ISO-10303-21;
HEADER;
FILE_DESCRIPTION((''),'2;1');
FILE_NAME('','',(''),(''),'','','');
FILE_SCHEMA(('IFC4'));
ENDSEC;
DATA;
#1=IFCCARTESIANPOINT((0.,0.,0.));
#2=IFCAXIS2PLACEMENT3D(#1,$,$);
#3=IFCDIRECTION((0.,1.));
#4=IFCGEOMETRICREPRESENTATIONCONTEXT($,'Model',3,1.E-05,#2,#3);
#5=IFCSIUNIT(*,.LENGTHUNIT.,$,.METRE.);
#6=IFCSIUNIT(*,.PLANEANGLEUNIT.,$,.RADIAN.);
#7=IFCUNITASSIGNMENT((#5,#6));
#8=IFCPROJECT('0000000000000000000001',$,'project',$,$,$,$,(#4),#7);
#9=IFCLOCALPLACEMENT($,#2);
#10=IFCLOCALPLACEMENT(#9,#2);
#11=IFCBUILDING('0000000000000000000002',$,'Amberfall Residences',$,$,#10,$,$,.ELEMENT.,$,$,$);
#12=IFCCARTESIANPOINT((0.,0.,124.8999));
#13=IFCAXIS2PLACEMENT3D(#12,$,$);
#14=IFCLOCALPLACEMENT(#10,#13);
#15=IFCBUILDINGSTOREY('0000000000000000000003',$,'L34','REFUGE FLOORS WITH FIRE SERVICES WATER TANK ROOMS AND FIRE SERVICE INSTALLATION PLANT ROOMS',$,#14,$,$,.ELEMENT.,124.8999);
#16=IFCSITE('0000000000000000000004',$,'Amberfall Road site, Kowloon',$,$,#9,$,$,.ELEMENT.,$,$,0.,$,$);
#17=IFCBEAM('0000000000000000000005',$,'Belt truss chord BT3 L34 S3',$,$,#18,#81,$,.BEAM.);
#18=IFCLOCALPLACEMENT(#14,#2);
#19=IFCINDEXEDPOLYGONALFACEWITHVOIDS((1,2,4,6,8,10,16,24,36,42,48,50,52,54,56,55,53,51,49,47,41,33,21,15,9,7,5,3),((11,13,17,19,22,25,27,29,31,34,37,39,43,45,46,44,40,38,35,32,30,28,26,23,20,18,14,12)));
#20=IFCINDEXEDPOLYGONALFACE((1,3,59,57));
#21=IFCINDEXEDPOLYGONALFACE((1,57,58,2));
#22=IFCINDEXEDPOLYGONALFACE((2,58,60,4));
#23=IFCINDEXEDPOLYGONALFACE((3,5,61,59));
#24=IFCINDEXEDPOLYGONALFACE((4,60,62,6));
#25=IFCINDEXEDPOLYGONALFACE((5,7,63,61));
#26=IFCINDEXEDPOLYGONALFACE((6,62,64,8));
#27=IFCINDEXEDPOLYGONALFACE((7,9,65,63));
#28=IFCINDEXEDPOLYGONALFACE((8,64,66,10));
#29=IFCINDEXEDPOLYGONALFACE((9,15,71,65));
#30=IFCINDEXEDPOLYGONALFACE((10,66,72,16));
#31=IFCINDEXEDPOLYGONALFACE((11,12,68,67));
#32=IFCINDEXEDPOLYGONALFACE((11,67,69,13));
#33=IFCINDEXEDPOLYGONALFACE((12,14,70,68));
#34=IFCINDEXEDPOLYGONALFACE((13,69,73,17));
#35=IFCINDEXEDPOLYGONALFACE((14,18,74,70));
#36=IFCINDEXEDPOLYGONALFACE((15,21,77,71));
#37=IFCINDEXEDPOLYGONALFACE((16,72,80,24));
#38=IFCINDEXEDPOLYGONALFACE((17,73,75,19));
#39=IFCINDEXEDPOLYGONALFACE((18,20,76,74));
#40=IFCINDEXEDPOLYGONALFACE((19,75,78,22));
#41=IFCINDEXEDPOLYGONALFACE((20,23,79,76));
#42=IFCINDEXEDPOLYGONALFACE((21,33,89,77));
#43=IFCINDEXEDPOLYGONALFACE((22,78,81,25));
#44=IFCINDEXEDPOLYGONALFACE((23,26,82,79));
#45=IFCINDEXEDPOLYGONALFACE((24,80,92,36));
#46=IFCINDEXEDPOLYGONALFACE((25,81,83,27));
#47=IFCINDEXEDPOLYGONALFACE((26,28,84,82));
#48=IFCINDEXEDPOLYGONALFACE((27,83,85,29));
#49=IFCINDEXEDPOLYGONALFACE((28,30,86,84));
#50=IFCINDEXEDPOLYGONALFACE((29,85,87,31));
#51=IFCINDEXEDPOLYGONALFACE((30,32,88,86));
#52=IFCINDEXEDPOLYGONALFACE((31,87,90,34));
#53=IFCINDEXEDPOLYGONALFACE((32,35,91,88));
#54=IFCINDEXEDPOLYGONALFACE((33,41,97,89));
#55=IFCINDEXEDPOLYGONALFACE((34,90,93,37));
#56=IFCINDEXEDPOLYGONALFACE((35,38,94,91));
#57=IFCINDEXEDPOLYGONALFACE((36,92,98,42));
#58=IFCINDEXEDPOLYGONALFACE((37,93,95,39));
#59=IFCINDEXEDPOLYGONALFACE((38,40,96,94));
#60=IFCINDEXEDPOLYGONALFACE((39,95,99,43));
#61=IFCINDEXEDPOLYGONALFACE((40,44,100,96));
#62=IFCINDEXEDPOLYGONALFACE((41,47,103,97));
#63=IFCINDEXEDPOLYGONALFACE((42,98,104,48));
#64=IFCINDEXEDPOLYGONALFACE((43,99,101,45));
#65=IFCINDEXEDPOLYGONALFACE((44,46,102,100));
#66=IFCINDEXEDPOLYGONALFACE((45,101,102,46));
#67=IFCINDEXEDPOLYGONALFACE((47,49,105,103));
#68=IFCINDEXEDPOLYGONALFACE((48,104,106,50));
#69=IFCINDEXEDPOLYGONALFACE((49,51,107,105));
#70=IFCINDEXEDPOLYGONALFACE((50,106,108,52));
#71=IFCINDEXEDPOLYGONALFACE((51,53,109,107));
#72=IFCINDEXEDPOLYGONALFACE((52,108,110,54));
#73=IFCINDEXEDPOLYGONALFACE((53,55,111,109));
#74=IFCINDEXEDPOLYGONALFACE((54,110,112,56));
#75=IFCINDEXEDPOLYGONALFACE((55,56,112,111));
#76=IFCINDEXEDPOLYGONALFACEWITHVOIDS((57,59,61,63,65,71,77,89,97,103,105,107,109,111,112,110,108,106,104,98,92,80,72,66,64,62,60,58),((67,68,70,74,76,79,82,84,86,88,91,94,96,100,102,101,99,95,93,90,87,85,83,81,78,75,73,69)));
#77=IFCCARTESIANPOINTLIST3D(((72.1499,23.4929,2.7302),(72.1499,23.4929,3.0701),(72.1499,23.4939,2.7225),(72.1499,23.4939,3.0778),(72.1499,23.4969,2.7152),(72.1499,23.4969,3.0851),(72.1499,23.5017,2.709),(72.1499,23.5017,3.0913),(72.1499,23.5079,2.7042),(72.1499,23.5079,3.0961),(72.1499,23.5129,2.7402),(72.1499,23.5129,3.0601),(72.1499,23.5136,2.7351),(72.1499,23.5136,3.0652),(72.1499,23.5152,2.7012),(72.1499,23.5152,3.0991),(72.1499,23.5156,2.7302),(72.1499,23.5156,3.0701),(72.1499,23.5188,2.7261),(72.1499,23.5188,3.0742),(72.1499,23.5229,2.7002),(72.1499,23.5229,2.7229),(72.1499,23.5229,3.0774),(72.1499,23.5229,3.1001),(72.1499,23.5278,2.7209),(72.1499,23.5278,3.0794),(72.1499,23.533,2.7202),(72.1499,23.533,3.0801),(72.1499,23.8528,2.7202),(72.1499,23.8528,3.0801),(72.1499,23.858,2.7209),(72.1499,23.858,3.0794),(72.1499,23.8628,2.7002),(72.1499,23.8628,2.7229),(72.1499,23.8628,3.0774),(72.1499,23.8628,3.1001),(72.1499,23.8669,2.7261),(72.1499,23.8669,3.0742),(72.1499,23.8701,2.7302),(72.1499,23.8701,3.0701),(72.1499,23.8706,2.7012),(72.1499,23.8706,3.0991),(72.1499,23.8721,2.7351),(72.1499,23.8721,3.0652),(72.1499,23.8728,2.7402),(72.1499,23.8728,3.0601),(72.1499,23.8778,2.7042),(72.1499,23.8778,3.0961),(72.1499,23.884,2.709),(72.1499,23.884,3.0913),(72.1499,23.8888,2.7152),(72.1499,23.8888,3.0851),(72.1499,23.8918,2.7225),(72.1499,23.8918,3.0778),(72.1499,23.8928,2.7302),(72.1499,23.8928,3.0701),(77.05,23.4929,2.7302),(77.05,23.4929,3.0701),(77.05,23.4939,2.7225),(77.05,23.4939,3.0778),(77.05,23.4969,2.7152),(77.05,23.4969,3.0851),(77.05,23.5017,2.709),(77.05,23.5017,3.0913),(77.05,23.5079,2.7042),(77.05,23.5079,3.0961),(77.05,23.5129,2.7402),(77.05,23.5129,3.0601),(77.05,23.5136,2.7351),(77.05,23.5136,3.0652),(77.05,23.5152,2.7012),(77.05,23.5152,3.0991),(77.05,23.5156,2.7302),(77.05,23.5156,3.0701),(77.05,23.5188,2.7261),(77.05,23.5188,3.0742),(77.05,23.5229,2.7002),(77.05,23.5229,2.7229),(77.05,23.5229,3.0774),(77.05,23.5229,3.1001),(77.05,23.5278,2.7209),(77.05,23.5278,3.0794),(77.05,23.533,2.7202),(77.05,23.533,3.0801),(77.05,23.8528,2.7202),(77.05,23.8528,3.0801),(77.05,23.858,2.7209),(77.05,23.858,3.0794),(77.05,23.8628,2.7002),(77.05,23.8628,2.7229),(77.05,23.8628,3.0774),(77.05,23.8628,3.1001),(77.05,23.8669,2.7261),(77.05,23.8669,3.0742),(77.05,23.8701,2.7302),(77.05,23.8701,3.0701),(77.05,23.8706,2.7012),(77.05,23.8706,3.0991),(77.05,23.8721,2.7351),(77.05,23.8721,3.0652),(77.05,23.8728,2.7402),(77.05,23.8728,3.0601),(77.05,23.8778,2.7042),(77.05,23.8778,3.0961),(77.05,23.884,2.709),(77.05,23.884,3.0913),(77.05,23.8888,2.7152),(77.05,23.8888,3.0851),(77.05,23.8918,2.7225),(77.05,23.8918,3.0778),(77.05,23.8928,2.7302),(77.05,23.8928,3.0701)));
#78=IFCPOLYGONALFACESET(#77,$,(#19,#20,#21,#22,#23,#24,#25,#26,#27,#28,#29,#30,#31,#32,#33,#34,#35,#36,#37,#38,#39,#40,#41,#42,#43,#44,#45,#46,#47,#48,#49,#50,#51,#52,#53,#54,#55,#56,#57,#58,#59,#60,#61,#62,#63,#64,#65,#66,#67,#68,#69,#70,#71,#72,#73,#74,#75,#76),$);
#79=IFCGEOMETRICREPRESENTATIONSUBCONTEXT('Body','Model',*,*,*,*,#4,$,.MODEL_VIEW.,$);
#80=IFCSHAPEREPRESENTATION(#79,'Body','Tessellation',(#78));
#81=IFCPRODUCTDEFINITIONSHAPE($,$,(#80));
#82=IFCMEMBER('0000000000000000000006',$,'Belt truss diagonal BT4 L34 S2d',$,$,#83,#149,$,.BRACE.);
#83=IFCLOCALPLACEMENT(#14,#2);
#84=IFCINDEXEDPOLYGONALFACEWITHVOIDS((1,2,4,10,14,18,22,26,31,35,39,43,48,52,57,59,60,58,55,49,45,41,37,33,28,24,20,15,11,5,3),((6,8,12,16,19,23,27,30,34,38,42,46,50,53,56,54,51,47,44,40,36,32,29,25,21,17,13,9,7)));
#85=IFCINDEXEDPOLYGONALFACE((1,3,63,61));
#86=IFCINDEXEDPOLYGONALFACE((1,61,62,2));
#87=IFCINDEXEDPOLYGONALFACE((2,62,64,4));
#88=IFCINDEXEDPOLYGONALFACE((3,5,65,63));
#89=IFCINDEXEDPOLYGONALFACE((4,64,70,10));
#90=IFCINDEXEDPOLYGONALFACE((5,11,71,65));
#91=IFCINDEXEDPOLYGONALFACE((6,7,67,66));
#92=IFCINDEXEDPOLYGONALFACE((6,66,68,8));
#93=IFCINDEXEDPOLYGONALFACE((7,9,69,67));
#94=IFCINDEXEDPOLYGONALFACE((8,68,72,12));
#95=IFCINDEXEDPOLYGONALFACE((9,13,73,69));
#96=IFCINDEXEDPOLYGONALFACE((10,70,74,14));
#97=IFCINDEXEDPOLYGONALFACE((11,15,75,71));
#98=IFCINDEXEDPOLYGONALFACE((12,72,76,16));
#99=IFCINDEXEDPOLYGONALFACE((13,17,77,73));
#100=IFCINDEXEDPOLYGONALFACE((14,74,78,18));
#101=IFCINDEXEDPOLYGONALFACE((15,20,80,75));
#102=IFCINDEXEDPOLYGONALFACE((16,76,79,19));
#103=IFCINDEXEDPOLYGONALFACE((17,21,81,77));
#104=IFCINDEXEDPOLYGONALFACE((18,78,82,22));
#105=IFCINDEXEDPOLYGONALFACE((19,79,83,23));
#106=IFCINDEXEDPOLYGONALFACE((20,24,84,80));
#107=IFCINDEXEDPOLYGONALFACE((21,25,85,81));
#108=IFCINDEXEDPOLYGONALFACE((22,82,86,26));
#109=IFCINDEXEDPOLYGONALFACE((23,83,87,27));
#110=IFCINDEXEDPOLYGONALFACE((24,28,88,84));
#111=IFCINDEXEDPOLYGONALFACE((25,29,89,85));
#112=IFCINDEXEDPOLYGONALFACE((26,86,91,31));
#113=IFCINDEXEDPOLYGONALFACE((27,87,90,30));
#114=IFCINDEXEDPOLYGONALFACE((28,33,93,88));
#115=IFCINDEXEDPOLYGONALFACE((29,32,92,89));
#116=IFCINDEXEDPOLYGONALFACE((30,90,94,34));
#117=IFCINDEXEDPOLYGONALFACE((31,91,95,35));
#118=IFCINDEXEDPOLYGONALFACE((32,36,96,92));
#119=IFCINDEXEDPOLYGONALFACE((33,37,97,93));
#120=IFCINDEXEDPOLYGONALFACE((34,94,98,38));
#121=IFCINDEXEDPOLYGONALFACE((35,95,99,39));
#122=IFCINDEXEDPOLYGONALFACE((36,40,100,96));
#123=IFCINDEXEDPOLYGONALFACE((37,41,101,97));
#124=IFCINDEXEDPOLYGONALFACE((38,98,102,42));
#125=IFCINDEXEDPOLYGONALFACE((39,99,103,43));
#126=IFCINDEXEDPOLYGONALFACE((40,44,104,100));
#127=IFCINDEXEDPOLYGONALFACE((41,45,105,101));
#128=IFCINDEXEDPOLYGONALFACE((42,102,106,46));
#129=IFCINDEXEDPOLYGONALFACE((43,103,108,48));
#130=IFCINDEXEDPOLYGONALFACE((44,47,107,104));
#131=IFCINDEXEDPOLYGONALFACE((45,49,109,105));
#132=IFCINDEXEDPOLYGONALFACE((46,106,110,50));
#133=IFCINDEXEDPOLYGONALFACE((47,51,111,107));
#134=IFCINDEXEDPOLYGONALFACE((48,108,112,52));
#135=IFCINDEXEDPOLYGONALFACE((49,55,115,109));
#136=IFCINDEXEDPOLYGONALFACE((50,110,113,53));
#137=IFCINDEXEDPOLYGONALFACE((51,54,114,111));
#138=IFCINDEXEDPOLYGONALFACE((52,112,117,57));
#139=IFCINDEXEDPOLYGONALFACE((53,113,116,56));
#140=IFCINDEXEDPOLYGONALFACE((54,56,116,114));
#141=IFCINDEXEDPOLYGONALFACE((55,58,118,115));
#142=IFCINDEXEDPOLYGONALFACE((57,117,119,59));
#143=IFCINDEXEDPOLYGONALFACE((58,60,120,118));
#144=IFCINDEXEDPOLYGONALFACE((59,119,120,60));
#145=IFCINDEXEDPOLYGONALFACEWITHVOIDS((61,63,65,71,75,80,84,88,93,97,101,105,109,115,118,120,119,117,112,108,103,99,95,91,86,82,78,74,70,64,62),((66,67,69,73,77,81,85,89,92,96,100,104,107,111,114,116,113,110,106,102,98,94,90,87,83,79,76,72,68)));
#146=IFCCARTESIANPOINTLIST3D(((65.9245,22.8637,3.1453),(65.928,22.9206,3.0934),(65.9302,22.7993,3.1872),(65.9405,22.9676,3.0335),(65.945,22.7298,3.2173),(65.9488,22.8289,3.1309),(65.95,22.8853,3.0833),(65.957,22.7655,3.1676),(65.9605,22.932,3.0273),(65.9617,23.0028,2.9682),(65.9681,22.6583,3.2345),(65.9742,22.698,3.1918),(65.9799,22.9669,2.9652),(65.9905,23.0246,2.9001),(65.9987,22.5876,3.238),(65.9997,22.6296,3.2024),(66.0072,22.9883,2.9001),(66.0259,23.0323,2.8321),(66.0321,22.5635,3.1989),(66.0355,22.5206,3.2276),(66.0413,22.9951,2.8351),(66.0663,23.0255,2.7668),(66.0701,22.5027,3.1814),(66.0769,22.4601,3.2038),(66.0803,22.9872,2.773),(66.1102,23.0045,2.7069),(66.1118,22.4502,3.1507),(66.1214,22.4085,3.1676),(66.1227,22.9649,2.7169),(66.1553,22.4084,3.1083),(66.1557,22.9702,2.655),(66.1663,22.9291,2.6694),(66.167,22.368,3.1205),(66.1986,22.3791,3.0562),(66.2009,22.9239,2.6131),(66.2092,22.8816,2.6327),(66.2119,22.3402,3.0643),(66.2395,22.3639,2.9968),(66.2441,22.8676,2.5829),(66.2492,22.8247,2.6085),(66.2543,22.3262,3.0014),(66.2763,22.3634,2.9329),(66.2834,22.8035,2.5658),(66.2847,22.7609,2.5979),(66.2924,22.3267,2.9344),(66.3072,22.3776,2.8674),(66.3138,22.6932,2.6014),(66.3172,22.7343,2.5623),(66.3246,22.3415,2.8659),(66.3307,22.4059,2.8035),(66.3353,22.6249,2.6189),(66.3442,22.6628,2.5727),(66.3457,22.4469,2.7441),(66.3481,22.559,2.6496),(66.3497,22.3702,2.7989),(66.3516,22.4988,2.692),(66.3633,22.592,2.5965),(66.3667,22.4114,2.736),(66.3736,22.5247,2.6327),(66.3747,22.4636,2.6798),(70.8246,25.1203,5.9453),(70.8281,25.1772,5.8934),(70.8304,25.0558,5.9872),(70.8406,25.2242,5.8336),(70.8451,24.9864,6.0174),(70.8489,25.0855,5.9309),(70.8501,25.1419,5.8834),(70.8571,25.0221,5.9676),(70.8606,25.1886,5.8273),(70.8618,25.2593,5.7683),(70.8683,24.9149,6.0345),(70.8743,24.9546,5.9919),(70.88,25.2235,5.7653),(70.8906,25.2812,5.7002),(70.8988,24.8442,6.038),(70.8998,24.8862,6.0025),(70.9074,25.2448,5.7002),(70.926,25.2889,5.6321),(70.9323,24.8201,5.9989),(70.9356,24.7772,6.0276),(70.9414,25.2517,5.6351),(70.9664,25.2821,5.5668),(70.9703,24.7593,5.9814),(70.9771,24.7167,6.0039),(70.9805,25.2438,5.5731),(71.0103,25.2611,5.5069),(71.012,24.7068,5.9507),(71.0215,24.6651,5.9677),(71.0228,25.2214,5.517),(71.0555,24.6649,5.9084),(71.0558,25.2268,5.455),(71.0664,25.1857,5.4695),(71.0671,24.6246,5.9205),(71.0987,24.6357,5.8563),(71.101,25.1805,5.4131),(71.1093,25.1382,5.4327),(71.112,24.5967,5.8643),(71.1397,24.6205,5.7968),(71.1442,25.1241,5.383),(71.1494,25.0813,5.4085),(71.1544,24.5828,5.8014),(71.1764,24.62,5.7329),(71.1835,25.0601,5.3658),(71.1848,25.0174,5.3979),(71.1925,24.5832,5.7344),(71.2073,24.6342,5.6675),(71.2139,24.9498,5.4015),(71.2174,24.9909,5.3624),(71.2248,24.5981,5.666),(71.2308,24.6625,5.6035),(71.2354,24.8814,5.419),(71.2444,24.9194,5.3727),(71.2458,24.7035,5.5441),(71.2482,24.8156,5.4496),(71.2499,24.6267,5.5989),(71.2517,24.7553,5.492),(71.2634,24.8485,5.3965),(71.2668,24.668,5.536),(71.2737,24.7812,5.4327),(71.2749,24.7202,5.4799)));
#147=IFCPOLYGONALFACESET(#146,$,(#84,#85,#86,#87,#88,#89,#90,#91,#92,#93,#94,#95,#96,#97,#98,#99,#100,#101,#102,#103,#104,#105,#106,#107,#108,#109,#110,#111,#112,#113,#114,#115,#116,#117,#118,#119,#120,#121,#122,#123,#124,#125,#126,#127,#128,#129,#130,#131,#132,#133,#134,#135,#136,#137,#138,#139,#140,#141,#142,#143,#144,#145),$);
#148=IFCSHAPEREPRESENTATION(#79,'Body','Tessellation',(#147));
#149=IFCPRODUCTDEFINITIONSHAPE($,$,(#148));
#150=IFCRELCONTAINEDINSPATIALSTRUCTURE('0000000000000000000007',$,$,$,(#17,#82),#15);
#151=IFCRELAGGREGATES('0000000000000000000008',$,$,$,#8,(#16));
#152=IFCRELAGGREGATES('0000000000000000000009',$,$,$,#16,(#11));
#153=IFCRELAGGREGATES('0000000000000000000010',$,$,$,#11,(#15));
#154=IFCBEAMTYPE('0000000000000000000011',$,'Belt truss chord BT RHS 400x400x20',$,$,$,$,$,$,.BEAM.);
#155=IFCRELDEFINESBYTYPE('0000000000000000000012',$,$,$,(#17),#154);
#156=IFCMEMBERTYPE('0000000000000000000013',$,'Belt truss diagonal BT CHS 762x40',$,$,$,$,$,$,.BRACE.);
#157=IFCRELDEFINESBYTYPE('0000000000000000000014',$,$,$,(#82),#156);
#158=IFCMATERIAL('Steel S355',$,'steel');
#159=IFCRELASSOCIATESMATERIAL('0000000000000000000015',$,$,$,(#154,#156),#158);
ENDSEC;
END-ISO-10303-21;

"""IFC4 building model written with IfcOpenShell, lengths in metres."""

from ifc_helpers import new_model, si_unit, direction, frame, origin, origin_2d, place, context, subcontext, project, spatial, hollow_rectangle, hollow_circle, extrude, material, material_profile, profile_set, type_object, element, save


model = new_model("IFC4")

# Units and contexts
model_context = context("Model", 3, precision=1e-05, world=origin(), true_north=direction((0.0, 1.0)))
body_context = subcontext(model_context, "Body", "Model", "MODEL_VIEW")
ifc_project = project(units=[si_unit("LENGTHUNIT", "METRE"), si_unit("PLANEANGLEUNIT", "RADIAN")], contexts=[model_context])

# Site, building, storey
site_placement = place(None, origin())
site = spatial("IfcSite", under=ifc_project, at=site_placement, Name="Amberfall Road site, Kowloon", CompositionType="ELEMENT", RefElevation=0.0)
building_placement = place(site_placement, origin())
building = spatial("IfcBuilding", under=site, at=building_placement, Name="Amberfall Residences", CompositionType="ELEMENT")
storey_placement = place(building_placement, frame((0.0, 0.0, 124.8999)))
storey = spatial("IfcBuildingStorey", under=building, at=storey_placement, Name="L34", Description="REFUGE FLOORS WITH FIRE SERVICES WATER TANK ROOMS AND FIRE SERVICE INSTALLATION PLANT ROOMS", CompositionType="ELEMENT", Elevation=124.8999)

# Beam
ifc_material_1 = material(Name="Steel S355", Category="steel")
ifc_material_profile_1 = material_profile(ifc_material_1, hollow_rectangle(XDim=0.3999, YDim=0.3999, WallThickness=0.02, InnerFilletRadius=0.02, OuterFilletRadius=0.03, at=origin_2d()), Name="RHS 400x400x20")
ifc_profile_set_1 = profile_set([ifc_material_profile_1], Name="Steel S355")
beam_type_1 = type_object("IfcBeamType", Name="Belt truss chord BT RHS 400x400x20", PredefinedType="BEAM", material=ifc_profile_set_1)
beam_1_placement = place(storey_placement, frame((72.1499, 23.6929, 2.9001), z_axis=(1.0, 0.0, 0.0), x_axis=(0.0, 1.0, 0.0)))
element("IfcBeam", 1, at=beam_1_placement, inside=storey, type_object=beam_type_1, Name="Belt truss chord BT3 L34 S3", PredefinedType="BEAM", context=body_context, shape_type="SweptSolid", body=[
    extrude(hollow_rectangle(XDim=0.3999, YDim=0.3999, WallThickness=0.02, InnerFilletRadius=0.02, OuterFilletRadius=0.03, at=origin_2d()), origin(), (0.0, 0.0, 1.0), 4.9001),
])

# Member
ifc_material_profile_2 = material_profile(ifc_material_1, hollow_circle(Radius=0.3811, WallThickness=0.04, at=origin_2d()), Name="CHS 762x40")
ifc_profile_set_2 = profile_set([ifc_material_profile_2], Name="Steel S355")
member_type = type_object("IfcMemberType", Name="Belt truss diagonal BT CHS 762x40", PredefinedType="BRACE", material=ifc_profile_set_2)
member_1_placement = place(storey_placement, frame((66.1499, 22.6785, 2.9001), z_axis=(0.80619, 0.371263, 0.460674), x_axis=(-0.418292, 0.908313, 0.0)))
element("IfcMember", 2, at=member_1_placement, inside=storey, type_object=member_type, Name="Belt truss diagonal BT4 L34 S2d", PredefinedType="BRACE", context=body_context, shape_type="SweptSolid", body=[
    extrude(hollow_circle(Radius=0.3811, WallThickness=0.04, at=origin_2d()), origin(), (0.0, 0.0, 1.0), 6.0781),
])

save(model, "model.ifc")
